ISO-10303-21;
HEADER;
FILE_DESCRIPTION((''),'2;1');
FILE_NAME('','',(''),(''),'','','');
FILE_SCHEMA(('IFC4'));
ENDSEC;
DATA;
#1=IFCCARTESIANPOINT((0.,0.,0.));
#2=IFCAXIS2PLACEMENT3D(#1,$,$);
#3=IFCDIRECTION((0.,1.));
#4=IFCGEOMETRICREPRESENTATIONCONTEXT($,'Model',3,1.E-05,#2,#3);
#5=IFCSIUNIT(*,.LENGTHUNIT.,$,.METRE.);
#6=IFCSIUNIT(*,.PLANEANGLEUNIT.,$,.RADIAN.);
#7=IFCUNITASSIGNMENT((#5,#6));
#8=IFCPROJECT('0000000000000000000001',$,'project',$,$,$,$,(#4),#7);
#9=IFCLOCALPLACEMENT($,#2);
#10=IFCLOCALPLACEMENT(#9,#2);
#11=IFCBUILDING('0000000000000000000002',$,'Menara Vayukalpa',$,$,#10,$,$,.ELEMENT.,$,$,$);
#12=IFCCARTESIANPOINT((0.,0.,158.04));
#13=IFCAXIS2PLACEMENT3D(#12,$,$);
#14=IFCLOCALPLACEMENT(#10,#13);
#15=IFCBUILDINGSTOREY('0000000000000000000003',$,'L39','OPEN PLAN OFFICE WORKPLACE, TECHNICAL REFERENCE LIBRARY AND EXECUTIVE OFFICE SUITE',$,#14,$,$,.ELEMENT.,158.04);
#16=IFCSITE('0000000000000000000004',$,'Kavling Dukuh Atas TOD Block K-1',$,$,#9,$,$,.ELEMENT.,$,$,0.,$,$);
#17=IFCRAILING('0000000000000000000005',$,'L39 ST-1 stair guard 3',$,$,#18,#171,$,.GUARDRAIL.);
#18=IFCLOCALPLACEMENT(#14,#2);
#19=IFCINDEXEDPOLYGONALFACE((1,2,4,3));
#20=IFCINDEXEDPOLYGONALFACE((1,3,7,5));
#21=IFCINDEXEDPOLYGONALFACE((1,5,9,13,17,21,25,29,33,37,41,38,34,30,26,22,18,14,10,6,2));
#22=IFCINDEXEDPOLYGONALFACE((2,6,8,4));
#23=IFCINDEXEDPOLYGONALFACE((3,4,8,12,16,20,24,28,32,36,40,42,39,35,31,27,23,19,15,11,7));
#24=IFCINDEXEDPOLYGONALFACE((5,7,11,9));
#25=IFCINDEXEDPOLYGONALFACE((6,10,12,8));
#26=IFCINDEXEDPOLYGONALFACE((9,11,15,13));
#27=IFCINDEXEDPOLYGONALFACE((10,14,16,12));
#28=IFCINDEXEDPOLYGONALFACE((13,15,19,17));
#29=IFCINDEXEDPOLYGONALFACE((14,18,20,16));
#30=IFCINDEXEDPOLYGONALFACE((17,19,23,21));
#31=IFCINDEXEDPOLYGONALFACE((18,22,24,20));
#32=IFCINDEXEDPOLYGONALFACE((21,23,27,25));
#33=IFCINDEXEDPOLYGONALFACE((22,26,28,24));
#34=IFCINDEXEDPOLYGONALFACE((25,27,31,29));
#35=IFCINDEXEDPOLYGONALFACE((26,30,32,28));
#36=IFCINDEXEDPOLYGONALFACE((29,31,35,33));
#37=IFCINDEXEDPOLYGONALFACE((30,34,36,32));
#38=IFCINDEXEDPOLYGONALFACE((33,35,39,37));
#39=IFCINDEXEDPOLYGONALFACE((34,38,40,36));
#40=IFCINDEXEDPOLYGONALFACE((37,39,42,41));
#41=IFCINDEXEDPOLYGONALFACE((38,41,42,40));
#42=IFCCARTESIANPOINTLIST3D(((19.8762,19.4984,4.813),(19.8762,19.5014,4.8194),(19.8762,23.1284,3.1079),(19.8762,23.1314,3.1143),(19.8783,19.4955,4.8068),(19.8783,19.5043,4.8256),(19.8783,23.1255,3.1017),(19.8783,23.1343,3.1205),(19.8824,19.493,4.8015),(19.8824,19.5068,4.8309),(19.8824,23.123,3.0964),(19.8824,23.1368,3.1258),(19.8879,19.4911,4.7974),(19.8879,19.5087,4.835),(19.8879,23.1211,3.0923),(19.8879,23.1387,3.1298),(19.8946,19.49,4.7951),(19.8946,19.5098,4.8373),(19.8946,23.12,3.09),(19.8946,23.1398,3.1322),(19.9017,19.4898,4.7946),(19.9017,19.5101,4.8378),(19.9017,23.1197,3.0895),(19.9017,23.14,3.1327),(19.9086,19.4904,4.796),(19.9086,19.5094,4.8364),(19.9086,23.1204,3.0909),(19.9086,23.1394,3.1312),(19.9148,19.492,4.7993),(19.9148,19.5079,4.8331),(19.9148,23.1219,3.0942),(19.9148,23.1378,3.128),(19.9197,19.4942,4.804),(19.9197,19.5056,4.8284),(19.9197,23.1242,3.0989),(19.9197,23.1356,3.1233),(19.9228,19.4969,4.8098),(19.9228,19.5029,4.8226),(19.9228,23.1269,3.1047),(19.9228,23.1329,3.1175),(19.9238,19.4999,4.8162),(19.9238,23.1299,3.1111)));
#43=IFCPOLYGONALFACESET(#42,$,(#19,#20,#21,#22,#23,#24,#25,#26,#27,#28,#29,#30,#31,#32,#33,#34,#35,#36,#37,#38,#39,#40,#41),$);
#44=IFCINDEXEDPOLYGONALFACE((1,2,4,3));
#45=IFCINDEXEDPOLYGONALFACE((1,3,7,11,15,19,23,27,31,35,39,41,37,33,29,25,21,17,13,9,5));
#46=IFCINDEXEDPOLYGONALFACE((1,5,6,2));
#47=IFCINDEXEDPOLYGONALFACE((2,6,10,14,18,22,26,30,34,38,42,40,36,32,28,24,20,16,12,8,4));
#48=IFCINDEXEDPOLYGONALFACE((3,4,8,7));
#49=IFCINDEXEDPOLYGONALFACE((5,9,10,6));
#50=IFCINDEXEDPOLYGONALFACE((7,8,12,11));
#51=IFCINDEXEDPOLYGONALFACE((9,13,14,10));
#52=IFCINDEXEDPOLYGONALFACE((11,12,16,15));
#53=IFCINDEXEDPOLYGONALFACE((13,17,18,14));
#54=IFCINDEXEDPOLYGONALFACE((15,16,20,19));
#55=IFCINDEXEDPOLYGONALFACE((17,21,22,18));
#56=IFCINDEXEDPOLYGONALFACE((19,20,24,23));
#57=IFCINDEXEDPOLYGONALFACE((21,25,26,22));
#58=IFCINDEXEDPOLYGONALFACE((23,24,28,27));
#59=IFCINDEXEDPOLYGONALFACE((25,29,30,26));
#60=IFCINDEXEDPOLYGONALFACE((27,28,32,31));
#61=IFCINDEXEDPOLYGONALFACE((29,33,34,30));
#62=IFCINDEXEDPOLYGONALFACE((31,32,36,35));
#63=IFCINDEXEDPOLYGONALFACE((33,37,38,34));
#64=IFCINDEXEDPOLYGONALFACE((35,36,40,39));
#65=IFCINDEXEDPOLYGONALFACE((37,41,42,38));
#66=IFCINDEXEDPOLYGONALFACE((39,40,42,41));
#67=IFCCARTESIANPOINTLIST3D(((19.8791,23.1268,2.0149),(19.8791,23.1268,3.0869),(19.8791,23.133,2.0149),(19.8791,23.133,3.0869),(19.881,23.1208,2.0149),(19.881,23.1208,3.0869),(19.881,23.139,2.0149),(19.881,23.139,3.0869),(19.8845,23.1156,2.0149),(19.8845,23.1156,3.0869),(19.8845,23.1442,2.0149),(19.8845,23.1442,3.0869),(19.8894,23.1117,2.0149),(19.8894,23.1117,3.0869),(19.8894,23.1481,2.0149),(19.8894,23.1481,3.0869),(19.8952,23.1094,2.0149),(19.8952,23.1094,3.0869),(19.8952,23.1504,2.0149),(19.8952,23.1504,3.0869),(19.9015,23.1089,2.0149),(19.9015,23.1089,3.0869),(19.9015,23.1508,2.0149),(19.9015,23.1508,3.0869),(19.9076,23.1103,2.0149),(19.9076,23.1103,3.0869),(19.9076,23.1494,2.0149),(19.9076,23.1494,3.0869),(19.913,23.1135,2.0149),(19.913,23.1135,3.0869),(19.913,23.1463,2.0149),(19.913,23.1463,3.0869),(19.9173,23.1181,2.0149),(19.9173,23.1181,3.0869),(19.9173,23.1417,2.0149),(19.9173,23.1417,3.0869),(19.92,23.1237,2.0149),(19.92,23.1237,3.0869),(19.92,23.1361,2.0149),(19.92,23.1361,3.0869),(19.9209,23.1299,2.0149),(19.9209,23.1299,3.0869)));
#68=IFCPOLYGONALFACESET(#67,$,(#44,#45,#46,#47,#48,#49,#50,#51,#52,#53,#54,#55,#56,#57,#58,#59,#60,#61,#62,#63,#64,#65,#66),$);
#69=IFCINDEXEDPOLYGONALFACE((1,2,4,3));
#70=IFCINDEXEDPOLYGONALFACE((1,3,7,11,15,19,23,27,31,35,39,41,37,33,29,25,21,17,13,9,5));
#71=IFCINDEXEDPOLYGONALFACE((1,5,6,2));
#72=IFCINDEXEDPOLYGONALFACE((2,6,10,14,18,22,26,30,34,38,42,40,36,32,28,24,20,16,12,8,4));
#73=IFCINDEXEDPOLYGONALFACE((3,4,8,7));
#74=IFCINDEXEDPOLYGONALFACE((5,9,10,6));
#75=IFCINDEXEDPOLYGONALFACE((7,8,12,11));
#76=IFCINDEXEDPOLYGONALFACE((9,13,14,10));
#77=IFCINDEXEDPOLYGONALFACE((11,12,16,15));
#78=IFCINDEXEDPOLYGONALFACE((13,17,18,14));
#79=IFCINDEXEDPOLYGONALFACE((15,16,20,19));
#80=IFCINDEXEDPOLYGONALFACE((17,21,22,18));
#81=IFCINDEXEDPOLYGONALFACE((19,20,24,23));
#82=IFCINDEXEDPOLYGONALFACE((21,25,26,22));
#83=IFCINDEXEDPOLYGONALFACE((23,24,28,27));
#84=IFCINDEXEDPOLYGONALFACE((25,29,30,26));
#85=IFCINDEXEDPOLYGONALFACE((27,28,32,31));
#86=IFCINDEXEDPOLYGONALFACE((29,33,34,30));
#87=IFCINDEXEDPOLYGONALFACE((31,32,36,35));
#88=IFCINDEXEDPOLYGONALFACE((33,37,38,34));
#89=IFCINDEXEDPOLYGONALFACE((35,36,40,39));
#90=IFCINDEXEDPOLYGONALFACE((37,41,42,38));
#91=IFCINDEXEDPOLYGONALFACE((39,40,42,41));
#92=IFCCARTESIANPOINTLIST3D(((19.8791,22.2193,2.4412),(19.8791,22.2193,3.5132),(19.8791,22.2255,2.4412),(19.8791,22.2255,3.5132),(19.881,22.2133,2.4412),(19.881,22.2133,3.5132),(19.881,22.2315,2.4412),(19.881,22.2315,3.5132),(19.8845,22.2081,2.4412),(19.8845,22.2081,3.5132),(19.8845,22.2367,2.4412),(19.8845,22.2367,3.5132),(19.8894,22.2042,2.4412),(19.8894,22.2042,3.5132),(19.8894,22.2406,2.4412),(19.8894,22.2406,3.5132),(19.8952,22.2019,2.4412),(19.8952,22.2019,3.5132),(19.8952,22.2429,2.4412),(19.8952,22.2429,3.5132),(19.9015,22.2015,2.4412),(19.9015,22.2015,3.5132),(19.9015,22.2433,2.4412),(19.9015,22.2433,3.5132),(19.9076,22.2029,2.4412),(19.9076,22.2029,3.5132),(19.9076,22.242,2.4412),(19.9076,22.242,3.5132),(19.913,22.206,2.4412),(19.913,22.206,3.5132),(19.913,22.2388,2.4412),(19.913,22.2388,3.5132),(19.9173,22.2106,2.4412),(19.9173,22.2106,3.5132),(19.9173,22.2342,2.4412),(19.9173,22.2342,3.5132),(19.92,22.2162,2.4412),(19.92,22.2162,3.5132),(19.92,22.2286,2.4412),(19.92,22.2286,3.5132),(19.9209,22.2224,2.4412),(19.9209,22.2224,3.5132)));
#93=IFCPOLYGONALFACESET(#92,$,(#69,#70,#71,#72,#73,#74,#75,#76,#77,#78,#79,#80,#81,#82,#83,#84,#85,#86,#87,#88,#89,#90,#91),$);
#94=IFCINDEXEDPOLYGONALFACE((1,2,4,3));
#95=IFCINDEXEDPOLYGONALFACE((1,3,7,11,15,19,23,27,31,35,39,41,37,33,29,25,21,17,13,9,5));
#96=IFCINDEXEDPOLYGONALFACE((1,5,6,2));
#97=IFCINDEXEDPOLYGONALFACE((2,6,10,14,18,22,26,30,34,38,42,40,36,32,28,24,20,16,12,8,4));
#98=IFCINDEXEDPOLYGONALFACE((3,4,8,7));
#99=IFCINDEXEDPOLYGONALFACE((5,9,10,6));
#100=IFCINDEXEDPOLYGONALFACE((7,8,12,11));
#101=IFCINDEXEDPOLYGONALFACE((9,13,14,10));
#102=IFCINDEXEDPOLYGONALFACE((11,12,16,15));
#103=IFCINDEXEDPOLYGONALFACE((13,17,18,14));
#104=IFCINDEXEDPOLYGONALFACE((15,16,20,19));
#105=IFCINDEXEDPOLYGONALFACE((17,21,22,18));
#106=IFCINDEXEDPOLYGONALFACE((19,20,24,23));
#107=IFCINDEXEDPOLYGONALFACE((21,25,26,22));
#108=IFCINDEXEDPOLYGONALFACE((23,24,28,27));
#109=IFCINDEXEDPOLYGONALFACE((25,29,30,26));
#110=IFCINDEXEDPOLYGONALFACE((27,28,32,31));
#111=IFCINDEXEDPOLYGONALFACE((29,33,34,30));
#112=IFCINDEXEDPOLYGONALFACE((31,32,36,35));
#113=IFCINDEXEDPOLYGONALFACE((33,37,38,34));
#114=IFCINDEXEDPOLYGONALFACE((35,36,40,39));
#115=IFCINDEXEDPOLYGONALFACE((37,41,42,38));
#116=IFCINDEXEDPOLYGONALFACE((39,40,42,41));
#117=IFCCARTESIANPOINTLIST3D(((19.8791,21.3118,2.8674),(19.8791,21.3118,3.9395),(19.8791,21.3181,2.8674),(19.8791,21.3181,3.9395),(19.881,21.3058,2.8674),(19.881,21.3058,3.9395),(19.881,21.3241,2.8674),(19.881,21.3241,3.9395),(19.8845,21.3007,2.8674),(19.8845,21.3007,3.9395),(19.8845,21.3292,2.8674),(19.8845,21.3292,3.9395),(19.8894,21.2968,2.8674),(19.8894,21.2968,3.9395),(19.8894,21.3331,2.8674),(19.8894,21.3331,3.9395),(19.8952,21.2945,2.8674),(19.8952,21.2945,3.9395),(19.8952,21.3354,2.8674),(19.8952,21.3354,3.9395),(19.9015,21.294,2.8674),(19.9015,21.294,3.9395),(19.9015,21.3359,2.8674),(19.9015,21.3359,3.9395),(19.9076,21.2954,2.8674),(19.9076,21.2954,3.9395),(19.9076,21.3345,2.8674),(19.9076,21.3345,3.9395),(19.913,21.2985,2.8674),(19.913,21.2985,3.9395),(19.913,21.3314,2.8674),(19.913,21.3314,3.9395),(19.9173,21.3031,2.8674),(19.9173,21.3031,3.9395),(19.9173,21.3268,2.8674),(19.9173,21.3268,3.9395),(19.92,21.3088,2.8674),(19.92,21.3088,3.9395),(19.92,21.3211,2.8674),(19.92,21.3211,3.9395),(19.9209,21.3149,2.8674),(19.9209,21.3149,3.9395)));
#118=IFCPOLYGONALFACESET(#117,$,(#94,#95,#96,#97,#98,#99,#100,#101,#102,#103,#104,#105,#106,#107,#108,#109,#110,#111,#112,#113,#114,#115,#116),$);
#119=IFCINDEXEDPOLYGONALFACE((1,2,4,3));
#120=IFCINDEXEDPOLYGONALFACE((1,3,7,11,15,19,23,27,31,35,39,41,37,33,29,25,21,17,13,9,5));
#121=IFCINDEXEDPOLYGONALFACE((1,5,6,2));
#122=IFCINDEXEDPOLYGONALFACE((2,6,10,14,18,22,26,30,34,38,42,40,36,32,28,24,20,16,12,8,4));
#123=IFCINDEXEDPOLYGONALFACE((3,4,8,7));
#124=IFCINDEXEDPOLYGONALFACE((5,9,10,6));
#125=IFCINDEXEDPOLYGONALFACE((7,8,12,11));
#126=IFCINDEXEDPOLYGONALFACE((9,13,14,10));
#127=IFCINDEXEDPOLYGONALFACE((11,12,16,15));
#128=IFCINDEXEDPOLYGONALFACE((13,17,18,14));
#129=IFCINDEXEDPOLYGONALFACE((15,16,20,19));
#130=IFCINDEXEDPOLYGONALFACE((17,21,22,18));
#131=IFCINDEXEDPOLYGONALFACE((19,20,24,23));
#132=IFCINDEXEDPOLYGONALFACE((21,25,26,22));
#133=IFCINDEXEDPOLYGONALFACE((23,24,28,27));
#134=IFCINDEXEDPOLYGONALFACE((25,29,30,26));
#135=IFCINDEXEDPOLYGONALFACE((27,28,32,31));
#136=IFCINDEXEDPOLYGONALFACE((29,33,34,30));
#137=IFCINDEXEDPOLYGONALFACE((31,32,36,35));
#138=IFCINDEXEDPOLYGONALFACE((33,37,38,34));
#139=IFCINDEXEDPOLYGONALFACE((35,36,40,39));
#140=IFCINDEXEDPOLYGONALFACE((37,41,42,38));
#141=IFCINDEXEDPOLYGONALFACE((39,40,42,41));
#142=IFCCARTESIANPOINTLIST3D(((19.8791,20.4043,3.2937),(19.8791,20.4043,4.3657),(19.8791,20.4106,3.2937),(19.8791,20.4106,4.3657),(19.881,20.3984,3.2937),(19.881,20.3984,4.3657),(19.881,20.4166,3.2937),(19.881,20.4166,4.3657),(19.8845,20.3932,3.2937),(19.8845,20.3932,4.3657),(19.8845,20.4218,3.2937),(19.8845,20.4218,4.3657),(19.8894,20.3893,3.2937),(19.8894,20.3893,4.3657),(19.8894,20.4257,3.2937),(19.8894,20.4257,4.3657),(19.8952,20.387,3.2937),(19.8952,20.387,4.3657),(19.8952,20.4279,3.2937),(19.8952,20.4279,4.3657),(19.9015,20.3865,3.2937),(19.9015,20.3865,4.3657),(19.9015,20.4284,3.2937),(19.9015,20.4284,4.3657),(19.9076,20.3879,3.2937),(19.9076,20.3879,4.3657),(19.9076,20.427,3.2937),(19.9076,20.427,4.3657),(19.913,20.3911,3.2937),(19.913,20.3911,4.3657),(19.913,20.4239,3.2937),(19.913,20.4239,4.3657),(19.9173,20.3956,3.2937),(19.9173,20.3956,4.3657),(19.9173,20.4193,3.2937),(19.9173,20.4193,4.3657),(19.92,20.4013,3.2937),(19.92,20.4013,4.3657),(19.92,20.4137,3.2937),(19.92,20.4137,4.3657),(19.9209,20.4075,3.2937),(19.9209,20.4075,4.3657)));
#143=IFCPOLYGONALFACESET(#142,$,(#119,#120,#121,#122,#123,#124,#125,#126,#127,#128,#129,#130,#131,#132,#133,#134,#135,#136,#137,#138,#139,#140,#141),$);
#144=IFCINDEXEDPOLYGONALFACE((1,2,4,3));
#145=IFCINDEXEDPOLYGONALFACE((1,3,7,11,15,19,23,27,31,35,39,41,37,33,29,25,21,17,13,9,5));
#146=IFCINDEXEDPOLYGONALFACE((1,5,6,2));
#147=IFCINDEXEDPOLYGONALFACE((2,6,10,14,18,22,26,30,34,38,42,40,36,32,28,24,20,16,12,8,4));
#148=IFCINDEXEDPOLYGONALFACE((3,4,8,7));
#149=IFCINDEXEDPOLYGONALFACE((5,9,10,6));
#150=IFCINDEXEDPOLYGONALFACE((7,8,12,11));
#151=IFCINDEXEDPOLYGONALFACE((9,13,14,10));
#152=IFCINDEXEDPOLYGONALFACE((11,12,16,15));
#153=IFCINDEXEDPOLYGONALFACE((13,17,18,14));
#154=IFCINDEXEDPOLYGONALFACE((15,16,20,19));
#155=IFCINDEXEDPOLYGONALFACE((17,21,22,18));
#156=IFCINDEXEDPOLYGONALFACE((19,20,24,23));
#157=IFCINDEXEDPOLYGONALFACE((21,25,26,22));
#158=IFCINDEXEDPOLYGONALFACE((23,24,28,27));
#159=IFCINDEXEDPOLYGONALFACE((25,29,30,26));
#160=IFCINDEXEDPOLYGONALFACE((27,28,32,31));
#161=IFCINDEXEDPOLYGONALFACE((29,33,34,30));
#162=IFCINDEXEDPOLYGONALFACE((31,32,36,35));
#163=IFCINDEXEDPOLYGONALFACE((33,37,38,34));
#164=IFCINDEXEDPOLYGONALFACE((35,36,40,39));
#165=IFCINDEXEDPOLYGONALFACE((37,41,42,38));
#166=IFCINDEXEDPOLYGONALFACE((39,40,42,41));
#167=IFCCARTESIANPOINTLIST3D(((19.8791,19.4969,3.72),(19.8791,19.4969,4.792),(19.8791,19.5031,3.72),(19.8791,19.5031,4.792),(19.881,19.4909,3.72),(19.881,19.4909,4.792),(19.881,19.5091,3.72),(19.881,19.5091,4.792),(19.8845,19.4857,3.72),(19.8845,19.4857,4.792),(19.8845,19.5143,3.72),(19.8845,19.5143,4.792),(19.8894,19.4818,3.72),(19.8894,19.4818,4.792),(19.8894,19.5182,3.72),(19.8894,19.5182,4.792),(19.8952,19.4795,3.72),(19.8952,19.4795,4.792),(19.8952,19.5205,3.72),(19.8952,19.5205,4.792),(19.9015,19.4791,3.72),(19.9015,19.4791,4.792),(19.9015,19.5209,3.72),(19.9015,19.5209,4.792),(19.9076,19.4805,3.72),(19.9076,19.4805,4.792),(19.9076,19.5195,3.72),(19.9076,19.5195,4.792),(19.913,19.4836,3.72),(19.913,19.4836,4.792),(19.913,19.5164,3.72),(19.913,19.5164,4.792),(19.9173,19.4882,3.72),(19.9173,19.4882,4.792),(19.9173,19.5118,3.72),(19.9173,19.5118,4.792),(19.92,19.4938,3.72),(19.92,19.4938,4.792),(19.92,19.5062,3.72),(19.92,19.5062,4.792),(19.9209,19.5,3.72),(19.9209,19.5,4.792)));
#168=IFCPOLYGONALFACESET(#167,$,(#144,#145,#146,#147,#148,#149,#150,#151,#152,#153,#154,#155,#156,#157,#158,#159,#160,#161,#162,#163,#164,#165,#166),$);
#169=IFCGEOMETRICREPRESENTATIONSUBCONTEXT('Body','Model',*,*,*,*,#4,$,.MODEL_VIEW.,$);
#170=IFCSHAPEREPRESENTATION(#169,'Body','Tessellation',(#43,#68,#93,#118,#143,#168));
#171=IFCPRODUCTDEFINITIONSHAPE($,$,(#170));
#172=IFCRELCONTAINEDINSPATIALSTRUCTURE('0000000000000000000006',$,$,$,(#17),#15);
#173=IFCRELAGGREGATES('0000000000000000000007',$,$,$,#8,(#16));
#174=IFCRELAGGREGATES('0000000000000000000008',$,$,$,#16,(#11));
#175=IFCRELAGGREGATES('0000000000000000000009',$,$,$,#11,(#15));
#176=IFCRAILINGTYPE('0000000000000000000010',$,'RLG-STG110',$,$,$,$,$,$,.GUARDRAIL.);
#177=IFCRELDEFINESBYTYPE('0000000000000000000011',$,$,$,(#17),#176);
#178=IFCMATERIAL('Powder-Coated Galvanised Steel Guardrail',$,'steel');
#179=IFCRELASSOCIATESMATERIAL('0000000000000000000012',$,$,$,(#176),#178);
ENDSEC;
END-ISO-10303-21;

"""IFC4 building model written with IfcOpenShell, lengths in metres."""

from ifc_helpers import new_model, si_unit, direction, frame, origin, origin_2d, place, context, subcontext, project, spatial, circle, extrude, material, type_object, element, save


model = new_model("IFC4")

# Units and contexts
model_context = context("Model", 3, precision=1e-05, world=origin(), true_north=direction((0.0, 1.0)))
body_context = subcontext(model_context, "Body", "Model", "MODEL_VIEW")
ifc_project = project(units=[si_unit("LENGTHUNIT", "METRE"), si_unit("PLANEANGLEUNIT", "RADIAN")], contexts=[model_context])

# Site, building, storey
site_placement = place(None, origin())
site = spatial("IfcSite", under=ifc_project, at=site_placement, Name="Kavling Dukuh Atas TOD Block K-1", CompositionType="ELEMENT", RefElevation=0.0)
building_placement = place(site_placement, origin())
building = spatial("IfcBuilding", under=site, at=building_placement, Name="Menara Vayukalpa", CompositionType="ELEMENT")
storey_placement = place(building_placement, frame((0.0, 0.0, 158.04)))
storey = spatial("IfcBuildingStorey", under=building, at=storey_placement, Name="L39", Description="OPEN PLAN OFFICE WORKPLACE, TECHNICAL REFERENCE LIBRARY AND EXECUTIVE OFFICE SUITE", CompositionType="ELEMENT", Elevation=158.04)

# Railing
ifc_material_1 = material(Name="Powder-Coated Galvanised Steel Guardrail", Category="steel")
railing_type_1 = type_object("IfcRailingType", Name="RLG-STG110", PredefinedType="GUARDRAIL", material=ifc_material_1)
railing_1_placement = place(storey_placement, frame((19.8999, 23.1299, 2.0149)))
element("IfcRailing", 1, at=railing_1_placement, inside=storey, type_object=railing_type_1, Name="L39 ST-1 stair guard 3", PredefinedType="GUARDRAIL", context=body_context, shape_type="SweptSolid", body=[
    extrude(circle(Radius=0.0239, at=origin_2d()), frame((0.0, 0.0, 1.0962), z_axis=(0.0, -0.905116, 0.425164), x_axis=(1.0, 0.0, 0.0)), (0.0, 0.0, 1.0), 4.0105),
    extrude(circle(Radius=0.021, at=origin_2d()), origin(), (0.0, 0.0, 1.0), 1.072),
    extrude(circle(Radius=0.021, at=origin_2d()), frame((0.0, -0.9075, 0.4263)), (0.0, 0.0, 1.0), 1.072),
    extrude(circle(Radius=0.021, at=origin_2d()), frame((0.0, -1.8149, 0.8525)), (0.0, 0.0, 1.0), 1.072),
    extrude(circle(Radius=0.021, at=origin_2d()), frame((0.0, -2.7224, 1.2788)), (0.0, 0.0, 1.0), 1.072),
    extrude(circle(Radius=0.021, at=origin_2d()), frame((0.0, -3.6299, 1.7051)), (0.0, 0.0, 1.0), 1.072),
])

save(model, "model.ifc")
